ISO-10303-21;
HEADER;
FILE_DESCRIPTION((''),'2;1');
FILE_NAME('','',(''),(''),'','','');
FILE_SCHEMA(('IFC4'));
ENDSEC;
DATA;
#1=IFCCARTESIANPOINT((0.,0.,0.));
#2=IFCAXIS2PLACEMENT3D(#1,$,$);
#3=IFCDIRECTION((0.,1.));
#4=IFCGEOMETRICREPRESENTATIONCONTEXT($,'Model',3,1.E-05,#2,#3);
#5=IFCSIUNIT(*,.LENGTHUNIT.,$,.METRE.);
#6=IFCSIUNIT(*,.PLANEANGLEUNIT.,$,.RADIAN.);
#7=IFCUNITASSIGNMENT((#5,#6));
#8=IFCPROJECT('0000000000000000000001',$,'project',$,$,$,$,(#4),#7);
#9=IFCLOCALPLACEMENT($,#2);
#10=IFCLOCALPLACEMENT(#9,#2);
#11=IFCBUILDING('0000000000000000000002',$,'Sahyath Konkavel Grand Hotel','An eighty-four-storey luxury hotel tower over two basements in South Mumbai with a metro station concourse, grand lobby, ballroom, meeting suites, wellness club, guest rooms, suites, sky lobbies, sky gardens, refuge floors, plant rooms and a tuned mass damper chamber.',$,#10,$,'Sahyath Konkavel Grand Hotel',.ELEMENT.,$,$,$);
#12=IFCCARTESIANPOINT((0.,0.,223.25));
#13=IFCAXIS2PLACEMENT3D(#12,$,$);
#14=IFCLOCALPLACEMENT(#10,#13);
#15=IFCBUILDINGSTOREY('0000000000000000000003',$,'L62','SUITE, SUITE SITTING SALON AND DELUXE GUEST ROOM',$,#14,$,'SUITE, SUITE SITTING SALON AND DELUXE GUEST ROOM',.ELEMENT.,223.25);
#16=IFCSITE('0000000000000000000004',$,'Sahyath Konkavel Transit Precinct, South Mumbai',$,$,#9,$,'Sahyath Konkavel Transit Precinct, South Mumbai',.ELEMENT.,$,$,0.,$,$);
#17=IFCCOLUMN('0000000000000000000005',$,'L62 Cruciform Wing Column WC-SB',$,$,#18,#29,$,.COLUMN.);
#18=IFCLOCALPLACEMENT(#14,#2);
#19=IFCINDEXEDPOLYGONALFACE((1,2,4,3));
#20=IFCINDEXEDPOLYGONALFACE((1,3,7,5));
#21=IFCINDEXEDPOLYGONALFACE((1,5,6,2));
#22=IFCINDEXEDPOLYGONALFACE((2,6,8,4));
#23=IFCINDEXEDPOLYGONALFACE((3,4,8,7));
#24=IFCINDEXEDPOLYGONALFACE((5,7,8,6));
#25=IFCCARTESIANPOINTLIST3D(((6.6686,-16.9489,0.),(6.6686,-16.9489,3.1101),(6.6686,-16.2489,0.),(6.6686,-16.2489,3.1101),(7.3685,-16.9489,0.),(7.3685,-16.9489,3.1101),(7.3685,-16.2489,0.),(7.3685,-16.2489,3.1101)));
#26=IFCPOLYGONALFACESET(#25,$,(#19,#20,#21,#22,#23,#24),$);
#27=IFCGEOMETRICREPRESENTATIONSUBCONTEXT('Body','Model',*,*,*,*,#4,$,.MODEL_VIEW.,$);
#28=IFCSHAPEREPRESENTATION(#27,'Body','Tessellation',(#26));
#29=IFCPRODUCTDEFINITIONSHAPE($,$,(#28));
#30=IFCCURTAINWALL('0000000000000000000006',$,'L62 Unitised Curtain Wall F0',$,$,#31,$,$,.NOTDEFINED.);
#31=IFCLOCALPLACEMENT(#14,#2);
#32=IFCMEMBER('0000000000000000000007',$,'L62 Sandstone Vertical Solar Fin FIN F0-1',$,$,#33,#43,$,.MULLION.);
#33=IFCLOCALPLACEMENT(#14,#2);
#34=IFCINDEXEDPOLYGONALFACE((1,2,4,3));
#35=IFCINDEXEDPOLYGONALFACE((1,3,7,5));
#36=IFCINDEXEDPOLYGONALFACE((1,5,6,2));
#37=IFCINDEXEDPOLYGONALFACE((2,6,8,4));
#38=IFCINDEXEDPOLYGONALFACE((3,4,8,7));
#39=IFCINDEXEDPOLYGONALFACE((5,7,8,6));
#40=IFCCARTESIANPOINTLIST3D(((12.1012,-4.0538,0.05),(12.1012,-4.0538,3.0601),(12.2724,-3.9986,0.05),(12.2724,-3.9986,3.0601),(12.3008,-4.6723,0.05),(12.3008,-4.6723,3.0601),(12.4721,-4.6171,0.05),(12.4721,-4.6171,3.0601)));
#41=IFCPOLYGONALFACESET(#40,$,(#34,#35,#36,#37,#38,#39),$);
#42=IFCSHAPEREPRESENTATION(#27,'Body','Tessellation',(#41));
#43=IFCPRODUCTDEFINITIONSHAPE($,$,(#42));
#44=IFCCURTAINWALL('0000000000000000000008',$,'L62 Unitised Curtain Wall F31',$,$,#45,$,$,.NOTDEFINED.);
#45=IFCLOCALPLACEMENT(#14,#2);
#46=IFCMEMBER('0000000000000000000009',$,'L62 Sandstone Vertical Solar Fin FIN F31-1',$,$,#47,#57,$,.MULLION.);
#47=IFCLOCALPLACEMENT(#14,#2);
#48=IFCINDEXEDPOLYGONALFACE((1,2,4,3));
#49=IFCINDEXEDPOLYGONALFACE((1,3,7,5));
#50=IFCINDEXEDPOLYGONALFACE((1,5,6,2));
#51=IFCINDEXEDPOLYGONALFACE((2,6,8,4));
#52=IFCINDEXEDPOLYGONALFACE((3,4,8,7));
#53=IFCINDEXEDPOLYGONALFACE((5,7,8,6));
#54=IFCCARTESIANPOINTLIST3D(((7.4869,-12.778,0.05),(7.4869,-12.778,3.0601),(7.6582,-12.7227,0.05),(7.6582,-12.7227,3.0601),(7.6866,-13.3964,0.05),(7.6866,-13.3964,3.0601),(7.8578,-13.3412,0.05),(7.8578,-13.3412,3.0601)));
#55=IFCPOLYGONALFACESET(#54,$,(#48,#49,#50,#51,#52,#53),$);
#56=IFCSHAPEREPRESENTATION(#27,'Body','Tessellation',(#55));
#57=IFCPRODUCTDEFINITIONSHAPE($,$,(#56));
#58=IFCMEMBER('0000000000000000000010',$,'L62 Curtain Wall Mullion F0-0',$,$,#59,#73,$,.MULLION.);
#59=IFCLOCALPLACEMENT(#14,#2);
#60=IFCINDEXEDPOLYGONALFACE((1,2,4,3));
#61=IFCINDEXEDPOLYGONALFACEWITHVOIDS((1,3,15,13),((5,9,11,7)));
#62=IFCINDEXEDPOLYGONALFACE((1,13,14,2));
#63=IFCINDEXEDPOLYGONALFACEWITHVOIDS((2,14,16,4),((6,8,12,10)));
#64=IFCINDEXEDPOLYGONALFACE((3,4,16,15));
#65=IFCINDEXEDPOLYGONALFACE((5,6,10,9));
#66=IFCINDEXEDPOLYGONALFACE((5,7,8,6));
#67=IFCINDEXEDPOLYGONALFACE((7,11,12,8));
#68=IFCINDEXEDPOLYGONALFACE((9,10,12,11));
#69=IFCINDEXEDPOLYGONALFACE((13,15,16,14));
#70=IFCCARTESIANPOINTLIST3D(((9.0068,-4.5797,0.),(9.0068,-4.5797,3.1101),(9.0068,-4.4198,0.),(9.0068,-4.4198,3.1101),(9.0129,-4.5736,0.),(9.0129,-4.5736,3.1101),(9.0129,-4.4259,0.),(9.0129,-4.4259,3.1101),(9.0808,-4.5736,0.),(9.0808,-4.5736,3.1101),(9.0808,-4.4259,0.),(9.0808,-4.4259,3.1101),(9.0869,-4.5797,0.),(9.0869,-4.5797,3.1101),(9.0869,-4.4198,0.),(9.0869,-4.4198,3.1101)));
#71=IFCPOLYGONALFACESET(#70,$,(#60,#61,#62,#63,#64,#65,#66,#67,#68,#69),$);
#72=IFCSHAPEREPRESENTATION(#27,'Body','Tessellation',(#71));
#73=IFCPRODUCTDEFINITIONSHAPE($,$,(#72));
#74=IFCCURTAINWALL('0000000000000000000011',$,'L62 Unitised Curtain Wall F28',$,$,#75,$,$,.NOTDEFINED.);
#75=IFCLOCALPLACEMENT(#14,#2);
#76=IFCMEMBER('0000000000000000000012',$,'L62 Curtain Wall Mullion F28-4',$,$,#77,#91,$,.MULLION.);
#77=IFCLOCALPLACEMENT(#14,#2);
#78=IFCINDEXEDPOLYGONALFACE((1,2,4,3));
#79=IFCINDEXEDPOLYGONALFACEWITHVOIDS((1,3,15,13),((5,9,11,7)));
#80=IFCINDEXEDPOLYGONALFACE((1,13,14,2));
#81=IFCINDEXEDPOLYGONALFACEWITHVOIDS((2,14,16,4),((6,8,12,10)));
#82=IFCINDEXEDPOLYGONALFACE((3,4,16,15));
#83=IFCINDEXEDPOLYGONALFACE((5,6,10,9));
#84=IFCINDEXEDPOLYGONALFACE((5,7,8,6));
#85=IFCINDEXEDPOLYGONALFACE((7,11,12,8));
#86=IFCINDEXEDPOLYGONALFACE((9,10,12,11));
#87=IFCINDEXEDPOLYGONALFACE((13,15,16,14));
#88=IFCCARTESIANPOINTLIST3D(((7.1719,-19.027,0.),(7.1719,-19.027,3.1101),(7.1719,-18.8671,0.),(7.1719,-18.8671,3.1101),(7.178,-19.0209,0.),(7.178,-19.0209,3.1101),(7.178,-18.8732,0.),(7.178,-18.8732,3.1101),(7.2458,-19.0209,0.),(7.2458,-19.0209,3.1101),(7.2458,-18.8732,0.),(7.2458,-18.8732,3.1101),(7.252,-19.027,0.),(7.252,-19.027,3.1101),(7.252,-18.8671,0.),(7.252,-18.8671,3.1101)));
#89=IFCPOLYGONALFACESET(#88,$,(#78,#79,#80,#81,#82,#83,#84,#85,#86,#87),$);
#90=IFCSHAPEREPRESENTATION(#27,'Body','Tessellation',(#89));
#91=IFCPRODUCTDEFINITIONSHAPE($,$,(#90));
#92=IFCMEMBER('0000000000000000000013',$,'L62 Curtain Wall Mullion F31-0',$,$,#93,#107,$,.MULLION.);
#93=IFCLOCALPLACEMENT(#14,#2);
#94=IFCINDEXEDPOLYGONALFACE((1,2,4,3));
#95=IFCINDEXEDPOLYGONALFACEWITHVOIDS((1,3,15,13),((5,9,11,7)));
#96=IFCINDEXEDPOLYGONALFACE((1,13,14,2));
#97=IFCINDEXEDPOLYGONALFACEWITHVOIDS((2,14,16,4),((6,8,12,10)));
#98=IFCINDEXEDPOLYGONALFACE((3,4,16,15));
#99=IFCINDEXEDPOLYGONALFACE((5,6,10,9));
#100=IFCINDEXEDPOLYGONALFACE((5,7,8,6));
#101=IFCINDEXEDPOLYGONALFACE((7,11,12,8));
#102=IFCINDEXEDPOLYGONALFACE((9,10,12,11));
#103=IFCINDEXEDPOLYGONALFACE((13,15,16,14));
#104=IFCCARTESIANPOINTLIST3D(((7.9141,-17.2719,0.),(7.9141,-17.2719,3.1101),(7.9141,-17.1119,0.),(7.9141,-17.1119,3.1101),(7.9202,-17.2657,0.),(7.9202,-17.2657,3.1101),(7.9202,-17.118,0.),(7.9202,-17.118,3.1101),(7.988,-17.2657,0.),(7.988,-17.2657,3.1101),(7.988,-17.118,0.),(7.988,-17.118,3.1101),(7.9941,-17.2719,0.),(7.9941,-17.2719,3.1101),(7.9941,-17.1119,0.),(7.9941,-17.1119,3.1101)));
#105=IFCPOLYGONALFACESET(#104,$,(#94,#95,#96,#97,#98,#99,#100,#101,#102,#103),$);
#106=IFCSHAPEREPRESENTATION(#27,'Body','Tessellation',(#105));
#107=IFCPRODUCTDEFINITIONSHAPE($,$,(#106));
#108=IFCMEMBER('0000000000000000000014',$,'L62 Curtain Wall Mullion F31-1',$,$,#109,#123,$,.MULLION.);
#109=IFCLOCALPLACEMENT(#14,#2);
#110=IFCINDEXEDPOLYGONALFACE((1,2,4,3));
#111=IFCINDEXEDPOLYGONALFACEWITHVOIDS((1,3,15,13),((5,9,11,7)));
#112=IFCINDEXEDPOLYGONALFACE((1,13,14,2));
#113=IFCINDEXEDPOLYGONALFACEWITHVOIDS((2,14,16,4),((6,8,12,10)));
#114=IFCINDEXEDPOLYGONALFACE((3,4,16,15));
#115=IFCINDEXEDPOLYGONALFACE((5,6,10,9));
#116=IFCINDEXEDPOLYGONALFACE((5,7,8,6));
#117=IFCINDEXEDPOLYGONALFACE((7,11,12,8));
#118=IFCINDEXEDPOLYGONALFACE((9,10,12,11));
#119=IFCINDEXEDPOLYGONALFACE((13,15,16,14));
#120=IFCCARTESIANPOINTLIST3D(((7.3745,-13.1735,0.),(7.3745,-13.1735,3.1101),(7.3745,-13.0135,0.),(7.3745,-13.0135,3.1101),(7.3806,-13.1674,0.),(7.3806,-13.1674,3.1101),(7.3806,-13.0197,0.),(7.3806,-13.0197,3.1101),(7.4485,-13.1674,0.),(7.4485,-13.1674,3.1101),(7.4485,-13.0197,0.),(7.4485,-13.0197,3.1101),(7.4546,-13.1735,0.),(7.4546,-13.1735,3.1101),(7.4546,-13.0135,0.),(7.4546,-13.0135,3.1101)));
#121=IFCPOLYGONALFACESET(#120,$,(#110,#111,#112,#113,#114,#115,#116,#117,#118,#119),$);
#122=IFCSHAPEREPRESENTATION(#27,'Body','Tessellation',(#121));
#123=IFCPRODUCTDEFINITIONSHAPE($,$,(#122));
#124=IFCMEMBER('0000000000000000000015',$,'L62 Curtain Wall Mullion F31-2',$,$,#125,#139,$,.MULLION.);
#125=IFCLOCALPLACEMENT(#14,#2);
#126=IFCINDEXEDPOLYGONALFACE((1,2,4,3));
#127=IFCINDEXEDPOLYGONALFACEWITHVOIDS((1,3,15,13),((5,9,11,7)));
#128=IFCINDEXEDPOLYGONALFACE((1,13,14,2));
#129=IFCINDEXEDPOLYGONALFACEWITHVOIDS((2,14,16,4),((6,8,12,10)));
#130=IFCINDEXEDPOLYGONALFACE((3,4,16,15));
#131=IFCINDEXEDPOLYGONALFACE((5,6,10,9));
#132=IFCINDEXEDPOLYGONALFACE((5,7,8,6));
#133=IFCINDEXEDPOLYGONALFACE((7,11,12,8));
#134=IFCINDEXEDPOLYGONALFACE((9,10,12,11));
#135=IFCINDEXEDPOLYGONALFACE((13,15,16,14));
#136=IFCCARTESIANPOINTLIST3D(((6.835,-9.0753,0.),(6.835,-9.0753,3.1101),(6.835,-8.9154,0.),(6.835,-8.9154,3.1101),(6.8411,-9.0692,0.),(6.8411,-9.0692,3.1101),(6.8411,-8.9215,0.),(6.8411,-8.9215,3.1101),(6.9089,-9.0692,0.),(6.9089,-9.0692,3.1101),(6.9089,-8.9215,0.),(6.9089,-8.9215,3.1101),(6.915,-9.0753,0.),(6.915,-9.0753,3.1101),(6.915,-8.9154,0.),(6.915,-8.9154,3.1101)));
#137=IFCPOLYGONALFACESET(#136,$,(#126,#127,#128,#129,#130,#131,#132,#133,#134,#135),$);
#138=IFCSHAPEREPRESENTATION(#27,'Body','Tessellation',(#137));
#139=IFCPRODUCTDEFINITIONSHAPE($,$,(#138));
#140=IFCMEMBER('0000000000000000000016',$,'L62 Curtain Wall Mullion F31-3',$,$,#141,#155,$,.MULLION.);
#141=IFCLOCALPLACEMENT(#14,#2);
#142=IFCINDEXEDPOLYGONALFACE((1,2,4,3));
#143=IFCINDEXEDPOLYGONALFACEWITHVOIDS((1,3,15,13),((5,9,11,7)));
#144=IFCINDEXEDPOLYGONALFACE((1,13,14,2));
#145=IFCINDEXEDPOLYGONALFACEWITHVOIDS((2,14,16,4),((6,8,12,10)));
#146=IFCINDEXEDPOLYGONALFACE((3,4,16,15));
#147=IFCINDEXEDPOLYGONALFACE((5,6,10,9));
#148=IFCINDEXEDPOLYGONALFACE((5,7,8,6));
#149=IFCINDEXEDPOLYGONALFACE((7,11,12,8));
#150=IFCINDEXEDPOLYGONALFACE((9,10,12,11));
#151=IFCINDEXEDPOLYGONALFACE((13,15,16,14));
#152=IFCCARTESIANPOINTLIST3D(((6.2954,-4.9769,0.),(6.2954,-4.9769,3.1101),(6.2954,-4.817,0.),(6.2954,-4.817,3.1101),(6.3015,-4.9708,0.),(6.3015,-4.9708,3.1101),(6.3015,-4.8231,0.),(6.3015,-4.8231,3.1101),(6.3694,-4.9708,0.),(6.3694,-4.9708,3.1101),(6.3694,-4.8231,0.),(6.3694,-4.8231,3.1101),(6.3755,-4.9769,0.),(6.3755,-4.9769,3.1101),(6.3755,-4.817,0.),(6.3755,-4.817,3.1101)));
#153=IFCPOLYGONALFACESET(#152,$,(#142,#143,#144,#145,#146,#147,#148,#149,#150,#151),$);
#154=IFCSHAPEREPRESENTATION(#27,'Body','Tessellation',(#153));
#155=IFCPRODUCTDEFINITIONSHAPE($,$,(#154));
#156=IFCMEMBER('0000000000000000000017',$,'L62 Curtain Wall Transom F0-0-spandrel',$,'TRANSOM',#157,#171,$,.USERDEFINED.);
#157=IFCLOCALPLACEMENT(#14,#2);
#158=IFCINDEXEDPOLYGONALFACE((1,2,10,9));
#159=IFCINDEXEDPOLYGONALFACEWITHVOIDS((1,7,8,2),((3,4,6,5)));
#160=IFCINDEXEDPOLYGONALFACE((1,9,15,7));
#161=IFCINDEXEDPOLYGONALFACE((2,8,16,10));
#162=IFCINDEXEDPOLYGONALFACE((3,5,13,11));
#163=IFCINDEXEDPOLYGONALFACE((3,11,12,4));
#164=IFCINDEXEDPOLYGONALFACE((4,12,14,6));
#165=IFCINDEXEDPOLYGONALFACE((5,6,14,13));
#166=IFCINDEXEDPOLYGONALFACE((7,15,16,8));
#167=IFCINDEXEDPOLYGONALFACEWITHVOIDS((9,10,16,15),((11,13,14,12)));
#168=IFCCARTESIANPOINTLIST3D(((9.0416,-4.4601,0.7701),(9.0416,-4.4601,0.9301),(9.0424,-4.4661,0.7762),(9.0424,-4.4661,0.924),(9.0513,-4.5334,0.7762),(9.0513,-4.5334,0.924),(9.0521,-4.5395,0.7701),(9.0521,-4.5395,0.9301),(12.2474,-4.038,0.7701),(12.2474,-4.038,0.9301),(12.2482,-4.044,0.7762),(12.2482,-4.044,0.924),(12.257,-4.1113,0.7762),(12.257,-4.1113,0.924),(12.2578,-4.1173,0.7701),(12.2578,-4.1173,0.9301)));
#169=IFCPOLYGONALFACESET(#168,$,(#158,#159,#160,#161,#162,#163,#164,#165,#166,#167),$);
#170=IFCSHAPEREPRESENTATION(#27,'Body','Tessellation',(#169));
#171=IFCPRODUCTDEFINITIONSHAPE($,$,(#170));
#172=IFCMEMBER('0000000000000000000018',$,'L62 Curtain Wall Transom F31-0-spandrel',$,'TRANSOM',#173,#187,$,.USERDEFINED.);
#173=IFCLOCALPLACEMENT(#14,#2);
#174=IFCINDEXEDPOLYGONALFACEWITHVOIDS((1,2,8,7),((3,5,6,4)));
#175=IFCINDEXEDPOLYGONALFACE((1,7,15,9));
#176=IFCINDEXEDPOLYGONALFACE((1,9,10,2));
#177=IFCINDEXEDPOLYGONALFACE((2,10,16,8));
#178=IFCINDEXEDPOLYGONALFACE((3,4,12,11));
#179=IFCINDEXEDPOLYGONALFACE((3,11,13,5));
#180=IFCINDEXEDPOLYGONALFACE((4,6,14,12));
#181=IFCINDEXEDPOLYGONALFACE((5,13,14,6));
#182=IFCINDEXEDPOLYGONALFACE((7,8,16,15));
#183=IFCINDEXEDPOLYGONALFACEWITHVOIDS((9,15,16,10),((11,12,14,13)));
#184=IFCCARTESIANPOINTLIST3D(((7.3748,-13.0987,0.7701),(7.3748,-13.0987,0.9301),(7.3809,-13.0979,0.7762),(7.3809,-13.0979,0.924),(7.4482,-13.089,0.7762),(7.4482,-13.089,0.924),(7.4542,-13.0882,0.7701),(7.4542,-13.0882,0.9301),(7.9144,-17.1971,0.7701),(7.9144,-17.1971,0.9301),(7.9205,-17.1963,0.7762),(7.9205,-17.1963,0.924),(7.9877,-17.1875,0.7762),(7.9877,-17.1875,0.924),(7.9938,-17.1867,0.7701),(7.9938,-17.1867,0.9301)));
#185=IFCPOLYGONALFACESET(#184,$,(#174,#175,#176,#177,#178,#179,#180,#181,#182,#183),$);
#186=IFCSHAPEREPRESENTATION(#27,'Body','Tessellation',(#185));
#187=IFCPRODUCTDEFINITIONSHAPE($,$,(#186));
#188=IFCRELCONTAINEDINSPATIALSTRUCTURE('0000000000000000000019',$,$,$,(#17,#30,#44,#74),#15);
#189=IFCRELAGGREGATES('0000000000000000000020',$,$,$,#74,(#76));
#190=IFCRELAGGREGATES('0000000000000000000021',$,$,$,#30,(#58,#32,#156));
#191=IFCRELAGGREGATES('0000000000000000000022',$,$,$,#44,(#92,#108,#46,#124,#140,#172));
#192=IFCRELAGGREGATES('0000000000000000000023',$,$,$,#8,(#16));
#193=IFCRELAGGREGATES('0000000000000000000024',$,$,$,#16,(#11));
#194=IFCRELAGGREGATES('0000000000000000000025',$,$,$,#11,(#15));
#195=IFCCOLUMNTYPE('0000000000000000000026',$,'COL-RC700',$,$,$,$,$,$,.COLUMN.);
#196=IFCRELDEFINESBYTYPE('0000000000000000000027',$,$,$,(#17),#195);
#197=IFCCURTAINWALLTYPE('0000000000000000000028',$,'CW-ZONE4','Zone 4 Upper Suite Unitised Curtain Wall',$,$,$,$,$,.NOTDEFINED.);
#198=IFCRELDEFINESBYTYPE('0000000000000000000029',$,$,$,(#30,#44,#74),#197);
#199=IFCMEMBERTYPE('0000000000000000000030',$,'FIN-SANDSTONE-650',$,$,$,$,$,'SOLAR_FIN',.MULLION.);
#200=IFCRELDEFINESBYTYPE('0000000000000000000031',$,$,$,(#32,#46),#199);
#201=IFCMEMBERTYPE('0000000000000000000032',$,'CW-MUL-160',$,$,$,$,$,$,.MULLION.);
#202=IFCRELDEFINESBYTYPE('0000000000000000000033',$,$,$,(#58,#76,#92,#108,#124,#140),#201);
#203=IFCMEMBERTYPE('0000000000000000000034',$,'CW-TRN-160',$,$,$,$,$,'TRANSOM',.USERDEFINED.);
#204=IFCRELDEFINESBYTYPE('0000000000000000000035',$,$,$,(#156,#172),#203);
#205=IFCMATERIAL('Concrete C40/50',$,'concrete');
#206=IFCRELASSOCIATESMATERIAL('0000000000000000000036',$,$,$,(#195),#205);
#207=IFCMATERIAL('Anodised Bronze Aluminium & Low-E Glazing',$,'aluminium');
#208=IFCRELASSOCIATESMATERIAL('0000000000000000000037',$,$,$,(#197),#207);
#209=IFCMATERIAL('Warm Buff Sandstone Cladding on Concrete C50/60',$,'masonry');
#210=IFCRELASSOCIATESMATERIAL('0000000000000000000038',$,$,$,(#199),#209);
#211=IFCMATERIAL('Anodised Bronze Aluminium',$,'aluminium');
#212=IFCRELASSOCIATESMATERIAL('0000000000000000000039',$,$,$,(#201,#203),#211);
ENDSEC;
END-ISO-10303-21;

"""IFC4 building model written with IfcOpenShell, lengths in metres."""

from ifc_helpers import new_model, si_unit, direction, frame, origin, origin_2d, place, context, subcontext, project, spatial, rectangle, hollow_rectangle, extrude, source, transform, mapped, material, material_profile, profile_set, type_object, element, aggregate, save


model = new_model("IFC4")

# Units and contexts
model_context = context("Model", 3, precision=1e-05, world=origin(), true_north=direction((0.0, 1.0)))
body_context = subcontext(model_context, "Body", "Model", "MODEL_VIEW")
ifc_project = project(units=[si_unit("LENGTHUNIT", "METRE"), si_unit("PLANEANGLEUNIT", "RADIAN")], contexts=[model_context])

# Site, building, storey
site_placement = place(None, origin())
site = spatial("IfcSite", under=ifc_project, at=site_placement, Name="Sahyath Konkavel Transit Precinct, South Mumbai", LongName="Sahyath Konkavel Transit Precinct, South Mumbai", CompositionType="ELEMENT", RefElevation=0.0)
building_placement = place(site_placement, origin())
building = spatial("IfcBuilding", under=site, at=building_placement, Name="Sahyath Konkavel Grand Hotel", Description="An eighty-four-storey luxury hotel tower over two basements in South Mumbai with a metro station concourse, grand lobby, ballroom, meeting suites, wellness club, guest rooms, suites, sky lobbies, sky gardens, refuge floors, plant rooms and a tuned mass damper chamber.", LongName="Sahyath Konkavel Grand Hotel", CompositionType="ELEMENT")
storey_placement = place(building_placement, frame((0.0, 0.0, 223.25)))
storey = spatial("IfcBuildingStorey", under=building, at=storey_placement, Name="L62", Description="SUITE, SUITE SITTING SALON AND DELUXE GUEST ROOM", LongName="SUITE, SUITE SITTING SALON AND DELUXE GUEST ROOM", CompositionType="ELEMENT", Elevation=223.25)

# Column
ifc_material_1 = material(Name="Concrete C40/50", Category="concrete")
ifc_material_profile_1 = material_profile(ifc_material_1, rectangle(XDim=0.7, YDim=0.7, at=origin_2d()), Name="RC 700x700")
ifc_profile_set_1 = profile_set([ifc_material_profile_1], Name="Concrete C40/50")
column_type = type_object("IfcColumnType", Name="COL-RC700", PredefinedType="COLUMN", material=ifc_profile_set_1)
shared_shape_1 = source(origin(), body_context, "Body", "SweptSolid", [
    extrude(rectangle(XDim=0.7, YDim=0.7, at=origin_2d()), origin(), (0.0, 0.0, 1.0), 3.1101),
])
column_placement = place(storey_placement, frame((7.0186, -16.5989, 0.0), z_axis=(0.0, 0.0, 1.0), x_axis=(1.0, 0.0, 0.0)))
element("IfcColumn", 1, at=column_placement, inside=storey, type_object=column_type, Name="L62 Cruciform Wing Column WC-SB", PredefinedType="COLUMN", context=body_context, shape_type="MappedRepresentation", body=[
    mapped(shared_shape_1, transform((0.0, 0.0, 0.0), scale=1.0)),
])

# Curtain walls, members
ifc_material_2 = material(Name="Anodised Bronze Aluminium & Low-E Glazing", Category="aluminium")
curtain_wall_type = type_object("IfcCurtainWallType", Name="CW-ZONE4", Description="Zone 4 Upper Suite Unitised Curtain Wall", PredefinedType="NOTDEFINED", material=ifc_material_2)
curtain_wall_1_placement = place(storey_placement, origin())
curtain_wall_1 = element("IfcCurtainWall", 2, at=curtain_wall_1_placement, inside=storey, type_object=curtain_wall_type, Name="L62 Unitised Curtain Wall F0", PredefinedType="NOTDEFINED")
ifc_material_3 = material(Name="Warm Buff Sandstone Cladding on Concrete C50/60", Category="masonry")
ifc_material_profile_2 = material_profile(ifc_material_3, rectangle(XDim=0.1799, YDim=0.6499, at=origin_2d()), Name="FIN 180x650")
ifc_profile_set_2 = profile_set([ifc_material_profile_2], Name="Warm Buff Sandstone Cladding on Concrete C50/60")
member_type_1 = type_object("IfcMemberType", Name="FIN-SANDSTONE-650", ElementType="SOLAR_FIN", PredefinedType="MULLION", material=ifc_profile_set_2)
shared_shape_2 = source(origin(), body_context, "Body", "SweptSolid", [
    extrude(rectangle(XDim=0.1799, YDim=0.6499, at=origin_2d()), origin(), (0.0, 0.0, 1.0), 3.01),
])
member_1_placement = place(storey_placement, frame((12.2866, -4.3354, 0.05), z_axis=(0.0, 0.0, 1.0), x_axis=(0.951648, 0.307191, 0.0)))
member_1 = element("IfcMember", 3, at=member_1_placement, type_object=member_type_1, Name="L62 Sandstone Vertical Solar Fin FIN F0-1", PredefinedType="MULLION", context=body_context, shape_type="MappedRepresentation", body=[
    mapped(shared_shape_2, transform((0.0, 0.0, 0.0), scale=1.0)),
])
curtain_wall_2_placement = place(storey_placement, origin())
curtain_wall_2 = element("IfcCurtainWall", 4, at=curtain_wall_2_placement, inside=storey, type_object=curtain_wall_type, Name="L62 Unitised Curtain Wall F31", PredefinedType="NOTDEFINED")
member_2_placement = place(storey_placement, frame((7.6724, -13.0596, 0.05), z_axis=(0.0, 0.0, 1.0), x_axis=(0.951648, 0.307191, 0.0)))
member_2 = element("IfcMember", 5, at=member_2_placement, type_object=member_type_1, Name="L62 Sandstone Vertical Solar Fin FIN F31-1", PredefinedType="MULLION", context=body_context, shape_type="MappedRepresentation", body=[
    mapped(shared_shape_2, transform((0.0, 0.0, 0.0), scale=1.0)),
])

# Member
ifc_material_4 = material(Name="Anodised Bronze Aluminium", Category="aluminium")
ifc_material_profile_3 = material_profile(ifc_material_4, hollow_rectangle(XDim=0.0801, YDim=0.1599, WallThickness=0.0061, at=origin_2d()), Name="RHS 160x80x6")
ifc_profile_set_3 = profile_set([ifc_material_profile_3], Name="Anodised Bronze Aluminium")
member_type_2 = type_object("IfcMemberType", Name="CW-MUL-160", PredefinedType="MULLION", material=ifc_profile_set_3)
shared_shape_3 = source(origin(), body_context, "Body", "SweptSolid", [
    extrude(hollow_rectangle(XDim=0.0801, YDim=0.1599, WallThickness=0.0061, at=origin_2d()), origin(), (0.0, 0.0, 1.0), 3.1101),
])
member_3_placement = place(storey_placement, frame((9.0469, -4.4998, 0.0), z_axis=(0.0, 0.0, 1.0), x_axis=(1.0, 0.0, 0.0)))
member_3 = element("IfcMember", 6, at=member_3_placement, type_object=member_type_2, Name="L62 Curtain Wall Mullion F0-0", PredefinedType="MULLION", context=body_context, shape_type="MappedRepresentation", body=[
    mapped(shared_shape_3, transform((0.0, 0.0, 0.0), scale=1.0)),
])

# Curtain wall, member
curtain_wall_3_placement = place(storey_placement, origin())
curtain_wall_3 = element("IfcCurtainWall", 7, at=curtain_wall_3_placement, inside=storey, type_object=curtain_wall_type, Name="L62 Unitised Curtain Wall F28", PredefinedType="NOTDEFINED")
member_4_placement = place(storey_placement, frame((7.2119, -18.947, 0.0), z_axis=(0.0, 0.0, 1.0), x_axis=(1.0, 0.0, 0.0)))
member_4 = element("IfcMember", 8, at=member_4_placement, type_object=member_type_2, Name="L62 Curtain Wall Mullion F28-4", PredefinedType="MULLION", context=body_context, shape_type="MappedRepresentation", body=[
    mapped(shared_shape_3, transform((0.0, 0.0, 0.0), scale=1.0)),
])
aggregate(curtain_wall_3, [member_4])

# Members
member_5_placement = place(storey_placement, frame((7.9541, -17.1919, 0.0), z_axis=(0.0, 0.0, 1.0), x_axis=(1.0, 0.0, 0.0)))
member_5 = element("IfcMember", 9, at=member_5_placement, type_object=member_type_2, Name="L62 Curtain Wall Mullion F31-0", PredefinedType="MULLION", context=body_context, shape_type="MappedRepresentation", body=[
    mapped(shared_shape_3, transform((0.0, 0.0, 0.0), scale=1.0)),
])
member_6_placement = place(storey_placement, frame((7.4146, -13.0935, 0.0), z_axis=(0.0, 0.0, 1.0), x_axis=(1.0, 0.0, 0.0)))
member_6 = element("IfcMember", 10, at=member_6_placement, type_object=member_type_2, Name="L62 Curtain Wall Mullion F31-1", PredefinedType="MULLION", context=body_context, shape_type="MappedRepresentation", body=[
    mapped(shared_shape_3, transform((0.0, 0.0, 0.0), scale=1.0)),
])
member_7_placement = place(storey_placement, frame((6.875, -8.9954, 0.0), z_axis=(0.0, 0.0, 1.0), x_axis=(1.0, 0.0, 0.0)))
member_7 = element("IfcMember", 11, at=member_7_placement, type_object=member_type_2, Name="L62 Curtain Wall Mullion F31-2", PredefinedType="MULLION", context=body_context, shape_type="MappedRepresentation", body=[
    mapped(shared_shape_3, transform((0.0, 0.0, 0.0), scale=1.0)),
])
member_8_placement = place(storey_placement, frame((6.3354, -4.897, 0.0), z_axis=(0.0, 0.0, 1.0), x_axis=(1.0, 0.0, 0.0)))
member_8 = element("IfcMember", 12, at=member_8_placement, type_object=member_type_2, Name="L62 Curtain Wall Mullion F31-3", PredefinedType="MULLION", context=body_context, shape_type="MappedRepresentation", body=[
    mapped(shared_shape_3, transform((0.0, 0.0, 0.0), scale=1.0)),
])
ifc_material_profile_4 = material_profile(ifc_material_4, hollow_rectangle(XDim=0.0801, YDim=0.1599, WallThickness=0.0061, at=origin_2d()), Name="RHS 160x80x6")
ifc_profile_set_4 = profile_set([ifc_material_profile_4], Name="Anodised Bronze Aluminium")
member_type_3 = type_object("IfcMemberType", Name="CW-TRN-160", ElementType="TRANSOM", PredefinedType="USERDEFINED", material=ifc_profile_set_4)
shared_shape_4 = source(origin(), body_context, "Body", "SweptSolid", [
    extrude(hollow_rectangle(XDim=0.0801, YDim=0.1599, WallThickness=0.0061, at=origin_2d()), origin(), (0.0, 0.0, 1.0), 3.2334),
])
member_9_placement = place(storey_placement, frame((9.0469, -4.4998, 0.8501), z_axis=(0.991442, 0.130546, 0.0), x_axis=(-0.130546, 0.991442, 0.0)))
member_9 = element("IfcMember", 13, at=member_9_placement, type_object=member_type_3, Name="L62 Curtain Wall Transom F0-0-spandrel", ObjectType="TRANSOM", PredefinedType="USERDEFINED", context=body_context, shape_type="MappedRepresentation", body=[
    mapped(shared_shape_4, transform((0.0, 0.0, 0.0), scale=1.0)),
])
shared_shape_5 = source(origin(), body_context, "Body", "SweptSolid", [
    extrude(hollow_rectangle(XDim=0.0801, YDim=0.1599, WallThickness=0.0061, at=origin_2d()), origin(), (0.0, 0.0, 1.0), 4.1338),
])
member_10_placement = place(storey_placement, frame((7.9541, -17.1919, 0.8501), z_axis=(-0.130523, 0.991445, 0.0), x_axis=(-0.991445, -0.130523, 0.0)))
member_10 = element("IfcMember", 14, at=member_10_placement, type_object=member_type_3, Name="L62 Curtain Wall Transom F31-0-spandrel", ObjectType="TRANSOM", PredefinedType="USERDEFINED", context=body_context, shape_type="MappedRepresentation", body=[
    mapped(shared_shape_5, transform((0.0, 0.0, 0.0), scale=1.0)),
])

aggregate(curtain_wall_1, [member_3, member_1, member_9])
aggregate(curtain_wall_2, [member_5, member_6, member_2, member_7, member_8, member_10])

save(model, "model.ifc")
